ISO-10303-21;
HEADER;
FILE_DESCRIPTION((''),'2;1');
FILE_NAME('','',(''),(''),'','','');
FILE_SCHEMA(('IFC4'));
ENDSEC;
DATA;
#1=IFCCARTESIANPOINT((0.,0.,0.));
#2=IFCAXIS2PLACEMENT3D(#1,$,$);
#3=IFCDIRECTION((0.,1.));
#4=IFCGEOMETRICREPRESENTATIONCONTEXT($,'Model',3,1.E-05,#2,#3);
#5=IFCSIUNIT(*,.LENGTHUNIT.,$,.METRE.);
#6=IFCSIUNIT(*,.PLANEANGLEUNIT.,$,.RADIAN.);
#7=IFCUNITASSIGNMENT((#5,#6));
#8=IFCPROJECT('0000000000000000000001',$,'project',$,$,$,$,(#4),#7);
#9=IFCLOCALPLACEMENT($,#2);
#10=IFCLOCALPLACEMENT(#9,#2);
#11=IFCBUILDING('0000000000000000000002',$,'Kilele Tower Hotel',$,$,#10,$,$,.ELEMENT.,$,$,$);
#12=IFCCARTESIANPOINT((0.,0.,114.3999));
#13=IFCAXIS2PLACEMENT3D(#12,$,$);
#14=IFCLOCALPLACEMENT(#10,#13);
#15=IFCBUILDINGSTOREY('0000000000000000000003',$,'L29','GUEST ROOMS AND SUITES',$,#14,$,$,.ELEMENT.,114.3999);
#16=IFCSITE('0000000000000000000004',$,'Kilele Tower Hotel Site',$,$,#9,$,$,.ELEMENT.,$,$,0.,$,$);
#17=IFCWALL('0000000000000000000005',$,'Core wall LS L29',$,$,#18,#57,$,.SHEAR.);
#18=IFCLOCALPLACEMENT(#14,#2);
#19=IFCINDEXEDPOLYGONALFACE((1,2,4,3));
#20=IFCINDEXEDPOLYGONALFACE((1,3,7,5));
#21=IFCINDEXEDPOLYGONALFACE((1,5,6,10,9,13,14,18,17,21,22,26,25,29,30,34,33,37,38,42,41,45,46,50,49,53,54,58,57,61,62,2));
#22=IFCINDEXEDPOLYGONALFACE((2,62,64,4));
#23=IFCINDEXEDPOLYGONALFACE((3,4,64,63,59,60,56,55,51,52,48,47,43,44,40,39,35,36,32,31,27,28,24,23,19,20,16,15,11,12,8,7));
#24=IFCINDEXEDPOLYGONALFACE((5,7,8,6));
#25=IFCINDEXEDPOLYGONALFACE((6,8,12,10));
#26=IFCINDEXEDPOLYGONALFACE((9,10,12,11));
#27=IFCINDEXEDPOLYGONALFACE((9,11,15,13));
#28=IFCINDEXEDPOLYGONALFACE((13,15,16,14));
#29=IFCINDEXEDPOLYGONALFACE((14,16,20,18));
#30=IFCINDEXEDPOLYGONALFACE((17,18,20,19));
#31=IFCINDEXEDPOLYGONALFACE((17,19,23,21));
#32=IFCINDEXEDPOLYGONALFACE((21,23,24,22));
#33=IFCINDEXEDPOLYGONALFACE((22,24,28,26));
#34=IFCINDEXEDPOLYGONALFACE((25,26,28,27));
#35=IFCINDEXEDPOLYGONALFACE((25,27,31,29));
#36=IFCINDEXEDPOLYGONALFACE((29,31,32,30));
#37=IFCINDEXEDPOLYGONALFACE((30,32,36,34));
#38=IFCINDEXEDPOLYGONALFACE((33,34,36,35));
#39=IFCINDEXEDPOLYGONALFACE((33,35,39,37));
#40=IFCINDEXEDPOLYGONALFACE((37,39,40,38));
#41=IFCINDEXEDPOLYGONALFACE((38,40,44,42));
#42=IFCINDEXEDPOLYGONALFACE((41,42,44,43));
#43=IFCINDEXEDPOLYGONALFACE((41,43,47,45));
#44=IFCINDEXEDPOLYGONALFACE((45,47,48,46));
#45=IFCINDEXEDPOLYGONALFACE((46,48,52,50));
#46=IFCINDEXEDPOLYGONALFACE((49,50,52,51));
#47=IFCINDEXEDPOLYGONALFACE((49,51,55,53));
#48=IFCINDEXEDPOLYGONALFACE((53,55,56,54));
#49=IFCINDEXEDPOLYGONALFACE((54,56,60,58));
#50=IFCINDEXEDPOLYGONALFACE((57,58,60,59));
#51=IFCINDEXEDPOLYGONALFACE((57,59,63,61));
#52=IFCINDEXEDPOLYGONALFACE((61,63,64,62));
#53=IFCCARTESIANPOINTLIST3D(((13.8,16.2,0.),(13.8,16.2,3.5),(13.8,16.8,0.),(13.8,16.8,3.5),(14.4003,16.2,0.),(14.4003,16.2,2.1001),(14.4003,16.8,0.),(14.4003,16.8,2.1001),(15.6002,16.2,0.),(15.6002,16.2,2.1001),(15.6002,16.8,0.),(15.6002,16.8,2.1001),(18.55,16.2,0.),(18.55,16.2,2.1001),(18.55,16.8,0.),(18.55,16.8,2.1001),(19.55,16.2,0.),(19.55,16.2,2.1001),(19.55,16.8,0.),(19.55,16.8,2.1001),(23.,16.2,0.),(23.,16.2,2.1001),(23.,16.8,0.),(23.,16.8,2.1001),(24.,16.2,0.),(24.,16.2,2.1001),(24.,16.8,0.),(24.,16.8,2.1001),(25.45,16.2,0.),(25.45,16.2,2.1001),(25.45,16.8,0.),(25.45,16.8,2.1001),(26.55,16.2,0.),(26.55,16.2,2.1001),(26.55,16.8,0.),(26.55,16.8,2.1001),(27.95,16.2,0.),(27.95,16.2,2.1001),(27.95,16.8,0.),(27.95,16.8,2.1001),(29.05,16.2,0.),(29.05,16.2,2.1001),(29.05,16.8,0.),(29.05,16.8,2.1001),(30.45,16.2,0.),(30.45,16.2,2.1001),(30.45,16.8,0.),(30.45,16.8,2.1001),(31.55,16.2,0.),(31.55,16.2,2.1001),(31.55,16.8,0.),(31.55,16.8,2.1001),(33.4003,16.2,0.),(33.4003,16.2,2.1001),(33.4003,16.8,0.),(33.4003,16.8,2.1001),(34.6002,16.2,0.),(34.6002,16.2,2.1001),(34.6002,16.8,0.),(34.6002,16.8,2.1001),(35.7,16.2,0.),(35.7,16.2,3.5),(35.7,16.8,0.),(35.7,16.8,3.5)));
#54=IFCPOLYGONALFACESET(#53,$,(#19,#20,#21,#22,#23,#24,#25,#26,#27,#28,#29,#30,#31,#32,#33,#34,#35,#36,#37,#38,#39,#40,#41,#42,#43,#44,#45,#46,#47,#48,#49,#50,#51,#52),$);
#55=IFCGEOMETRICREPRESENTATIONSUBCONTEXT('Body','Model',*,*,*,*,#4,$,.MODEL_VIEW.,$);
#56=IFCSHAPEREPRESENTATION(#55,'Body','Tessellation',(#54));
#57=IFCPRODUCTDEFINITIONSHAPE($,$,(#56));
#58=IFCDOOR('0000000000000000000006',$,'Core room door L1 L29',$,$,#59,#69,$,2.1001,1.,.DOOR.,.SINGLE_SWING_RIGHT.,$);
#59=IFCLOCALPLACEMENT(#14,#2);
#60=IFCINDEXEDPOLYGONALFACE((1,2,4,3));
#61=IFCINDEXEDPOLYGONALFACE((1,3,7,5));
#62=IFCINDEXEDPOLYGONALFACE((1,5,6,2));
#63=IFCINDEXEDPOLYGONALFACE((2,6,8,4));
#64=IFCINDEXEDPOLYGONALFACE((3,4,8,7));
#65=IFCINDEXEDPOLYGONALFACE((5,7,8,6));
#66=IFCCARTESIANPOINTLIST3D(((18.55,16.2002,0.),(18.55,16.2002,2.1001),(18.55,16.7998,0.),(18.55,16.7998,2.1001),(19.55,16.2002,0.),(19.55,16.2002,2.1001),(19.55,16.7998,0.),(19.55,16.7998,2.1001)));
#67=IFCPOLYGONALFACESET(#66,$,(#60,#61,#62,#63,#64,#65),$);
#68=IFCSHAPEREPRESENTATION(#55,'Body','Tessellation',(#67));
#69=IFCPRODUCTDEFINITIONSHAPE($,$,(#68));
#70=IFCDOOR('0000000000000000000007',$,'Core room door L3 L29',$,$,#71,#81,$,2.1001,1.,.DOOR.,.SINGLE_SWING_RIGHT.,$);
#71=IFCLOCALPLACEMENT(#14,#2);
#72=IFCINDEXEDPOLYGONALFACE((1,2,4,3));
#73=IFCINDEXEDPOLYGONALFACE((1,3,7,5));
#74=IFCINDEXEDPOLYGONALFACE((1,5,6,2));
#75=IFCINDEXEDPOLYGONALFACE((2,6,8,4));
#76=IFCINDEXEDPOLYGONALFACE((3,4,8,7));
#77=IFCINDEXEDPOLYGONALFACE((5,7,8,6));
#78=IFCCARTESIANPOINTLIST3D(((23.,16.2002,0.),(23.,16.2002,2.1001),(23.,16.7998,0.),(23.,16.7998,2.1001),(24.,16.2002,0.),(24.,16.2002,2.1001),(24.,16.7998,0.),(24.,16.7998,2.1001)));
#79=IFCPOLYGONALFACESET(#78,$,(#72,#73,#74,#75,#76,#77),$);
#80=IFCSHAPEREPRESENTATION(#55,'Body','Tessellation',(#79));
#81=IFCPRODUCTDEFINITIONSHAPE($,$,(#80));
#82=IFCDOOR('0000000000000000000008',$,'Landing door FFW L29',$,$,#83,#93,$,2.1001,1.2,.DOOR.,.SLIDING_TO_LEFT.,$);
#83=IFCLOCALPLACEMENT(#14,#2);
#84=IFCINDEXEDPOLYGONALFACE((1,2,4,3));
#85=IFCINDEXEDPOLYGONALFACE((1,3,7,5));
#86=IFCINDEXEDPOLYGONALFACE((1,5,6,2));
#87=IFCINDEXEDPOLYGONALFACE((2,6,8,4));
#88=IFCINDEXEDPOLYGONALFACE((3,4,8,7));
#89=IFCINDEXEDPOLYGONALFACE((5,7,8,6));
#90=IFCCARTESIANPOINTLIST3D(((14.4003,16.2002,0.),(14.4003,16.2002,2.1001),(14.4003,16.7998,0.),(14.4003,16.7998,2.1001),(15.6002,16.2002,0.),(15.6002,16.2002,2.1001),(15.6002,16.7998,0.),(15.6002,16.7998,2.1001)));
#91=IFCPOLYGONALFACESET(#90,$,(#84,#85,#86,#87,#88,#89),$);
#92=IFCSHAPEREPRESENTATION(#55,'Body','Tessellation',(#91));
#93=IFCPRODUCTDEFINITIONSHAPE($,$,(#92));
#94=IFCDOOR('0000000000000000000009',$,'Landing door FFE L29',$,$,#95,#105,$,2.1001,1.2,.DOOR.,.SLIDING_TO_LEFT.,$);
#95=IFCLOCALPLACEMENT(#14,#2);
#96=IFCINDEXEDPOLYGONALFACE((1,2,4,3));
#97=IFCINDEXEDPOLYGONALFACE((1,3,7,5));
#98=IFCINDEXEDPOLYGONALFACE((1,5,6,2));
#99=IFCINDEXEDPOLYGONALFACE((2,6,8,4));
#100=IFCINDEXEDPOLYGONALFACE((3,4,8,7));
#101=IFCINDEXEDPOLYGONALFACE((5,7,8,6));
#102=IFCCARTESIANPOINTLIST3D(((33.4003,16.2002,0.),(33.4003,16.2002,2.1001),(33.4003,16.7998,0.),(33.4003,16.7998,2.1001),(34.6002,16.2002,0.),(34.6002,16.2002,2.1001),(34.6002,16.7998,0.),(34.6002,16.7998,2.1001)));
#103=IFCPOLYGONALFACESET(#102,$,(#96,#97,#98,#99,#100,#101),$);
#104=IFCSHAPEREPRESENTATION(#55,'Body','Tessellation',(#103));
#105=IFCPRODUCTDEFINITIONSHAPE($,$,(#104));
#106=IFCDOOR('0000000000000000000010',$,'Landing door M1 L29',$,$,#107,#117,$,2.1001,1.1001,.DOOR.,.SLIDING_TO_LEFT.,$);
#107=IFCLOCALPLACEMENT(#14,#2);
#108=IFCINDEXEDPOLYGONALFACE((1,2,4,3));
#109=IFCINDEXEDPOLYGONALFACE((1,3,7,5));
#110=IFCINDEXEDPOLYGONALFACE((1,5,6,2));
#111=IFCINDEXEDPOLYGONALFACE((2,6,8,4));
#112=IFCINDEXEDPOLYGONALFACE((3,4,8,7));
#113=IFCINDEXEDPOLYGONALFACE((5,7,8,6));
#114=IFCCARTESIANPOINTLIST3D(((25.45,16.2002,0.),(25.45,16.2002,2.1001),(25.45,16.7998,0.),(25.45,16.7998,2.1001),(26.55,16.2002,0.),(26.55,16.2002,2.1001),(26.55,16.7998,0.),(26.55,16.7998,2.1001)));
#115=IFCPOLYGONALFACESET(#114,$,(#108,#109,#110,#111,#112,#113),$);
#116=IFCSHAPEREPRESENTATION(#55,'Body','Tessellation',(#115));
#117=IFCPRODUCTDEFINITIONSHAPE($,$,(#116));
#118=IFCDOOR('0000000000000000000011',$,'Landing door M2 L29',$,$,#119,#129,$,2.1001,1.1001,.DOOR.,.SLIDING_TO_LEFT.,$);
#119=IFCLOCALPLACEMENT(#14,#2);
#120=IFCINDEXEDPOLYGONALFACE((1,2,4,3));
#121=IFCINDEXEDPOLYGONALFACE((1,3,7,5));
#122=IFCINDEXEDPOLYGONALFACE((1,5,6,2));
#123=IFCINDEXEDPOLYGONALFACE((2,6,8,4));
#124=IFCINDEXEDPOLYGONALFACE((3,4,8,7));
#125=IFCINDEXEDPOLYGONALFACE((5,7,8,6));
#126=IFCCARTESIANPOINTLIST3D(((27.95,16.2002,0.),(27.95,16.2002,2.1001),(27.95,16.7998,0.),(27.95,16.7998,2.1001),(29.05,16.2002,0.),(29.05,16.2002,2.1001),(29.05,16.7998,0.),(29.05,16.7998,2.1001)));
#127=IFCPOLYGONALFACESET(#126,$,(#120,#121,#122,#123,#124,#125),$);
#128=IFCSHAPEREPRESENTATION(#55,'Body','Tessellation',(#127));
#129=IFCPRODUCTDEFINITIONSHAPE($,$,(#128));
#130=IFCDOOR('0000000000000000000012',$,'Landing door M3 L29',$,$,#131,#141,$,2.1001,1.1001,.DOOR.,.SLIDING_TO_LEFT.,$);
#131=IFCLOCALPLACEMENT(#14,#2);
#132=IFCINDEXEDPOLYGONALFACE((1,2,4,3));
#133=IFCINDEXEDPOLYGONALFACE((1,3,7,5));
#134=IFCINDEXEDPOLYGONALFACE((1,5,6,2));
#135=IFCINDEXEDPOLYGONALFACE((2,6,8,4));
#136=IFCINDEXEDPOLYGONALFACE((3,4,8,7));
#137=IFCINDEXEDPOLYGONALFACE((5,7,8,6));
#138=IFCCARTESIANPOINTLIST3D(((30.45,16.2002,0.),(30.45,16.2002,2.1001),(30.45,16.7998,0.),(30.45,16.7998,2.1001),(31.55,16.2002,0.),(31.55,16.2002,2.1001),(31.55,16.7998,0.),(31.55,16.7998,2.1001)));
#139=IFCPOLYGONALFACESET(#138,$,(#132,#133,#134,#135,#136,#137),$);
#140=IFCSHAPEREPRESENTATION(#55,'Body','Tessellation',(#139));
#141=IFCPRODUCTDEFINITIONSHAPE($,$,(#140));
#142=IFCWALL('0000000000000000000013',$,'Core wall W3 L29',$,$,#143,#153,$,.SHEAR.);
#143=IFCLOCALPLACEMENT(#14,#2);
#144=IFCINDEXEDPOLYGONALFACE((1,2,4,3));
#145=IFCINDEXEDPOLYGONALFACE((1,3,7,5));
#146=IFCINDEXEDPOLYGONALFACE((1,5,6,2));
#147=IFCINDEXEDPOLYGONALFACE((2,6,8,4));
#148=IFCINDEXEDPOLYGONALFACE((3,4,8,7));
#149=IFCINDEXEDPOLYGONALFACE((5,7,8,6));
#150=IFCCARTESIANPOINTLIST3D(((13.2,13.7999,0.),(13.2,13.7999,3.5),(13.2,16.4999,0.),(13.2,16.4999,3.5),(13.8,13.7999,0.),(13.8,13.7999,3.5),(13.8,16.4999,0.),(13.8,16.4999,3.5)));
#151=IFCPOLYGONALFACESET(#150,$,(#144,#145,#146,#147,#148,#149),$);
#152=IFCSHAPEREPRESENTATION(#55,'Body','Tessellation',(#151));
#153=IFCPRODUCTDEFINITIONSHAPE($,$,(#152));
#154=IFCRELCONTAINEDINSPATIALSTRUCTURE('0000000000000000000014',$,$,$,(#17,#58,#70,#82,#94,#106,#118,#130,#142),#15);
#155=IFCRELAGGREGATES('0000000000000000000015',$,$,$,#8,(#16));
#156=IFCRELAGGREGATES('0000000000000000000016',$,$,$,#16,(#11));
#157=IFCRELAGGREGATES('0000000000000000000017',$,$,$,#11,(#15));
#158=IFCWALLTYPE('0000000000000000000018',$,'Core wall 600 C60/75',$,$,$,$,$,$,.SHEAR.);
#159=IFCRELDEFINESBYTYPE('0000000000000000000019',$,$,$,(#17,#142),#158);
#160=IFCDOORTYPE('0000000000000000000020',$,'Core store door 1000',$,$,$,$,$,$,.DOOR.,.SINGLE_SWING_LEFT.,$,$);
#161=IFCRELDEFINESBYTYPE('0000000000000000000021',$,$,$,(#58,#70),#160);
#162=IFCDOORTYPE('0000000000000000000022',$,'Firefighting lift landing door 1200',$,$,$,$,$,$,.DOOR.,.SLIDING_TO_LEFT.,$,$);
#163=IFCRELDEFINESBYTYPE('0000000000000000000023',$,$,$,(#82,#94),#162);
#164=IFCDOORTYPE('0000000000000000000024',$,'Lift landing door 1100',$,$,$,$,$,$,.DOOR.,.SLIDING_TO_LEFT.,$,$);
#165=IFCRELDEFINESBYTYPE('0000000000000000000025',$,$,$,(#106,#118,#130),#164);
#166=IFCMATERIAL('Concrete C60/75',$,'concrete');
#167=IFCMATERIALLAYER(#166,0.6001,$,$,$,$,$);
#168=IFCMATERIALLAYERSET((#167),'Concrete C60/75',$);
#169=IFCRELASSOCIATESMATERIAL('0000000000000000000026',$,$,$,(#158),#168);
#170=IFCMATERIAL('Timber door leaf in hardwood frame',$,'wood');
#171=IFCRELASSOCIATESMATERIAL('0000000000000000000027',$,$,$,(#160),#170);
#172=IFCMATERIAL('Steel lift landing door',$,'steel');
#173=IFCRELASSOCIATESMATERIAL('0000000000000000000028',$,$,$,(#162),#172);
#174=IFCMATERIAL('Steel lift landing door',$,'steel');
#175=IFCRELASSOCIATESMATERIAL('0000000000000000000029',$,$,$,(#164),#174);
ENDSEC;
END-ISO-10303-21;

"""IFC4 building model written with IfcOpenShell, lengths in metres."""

from ifc_helpers import new_model, si_unit, direction, frame, frame_2d, origin, place, context, subcontext, project, spatial, rectangle, extrude, material, layer, layer_set, type_object, element, fill, save


model = new_model("IFC4")

# Units and contexts
model_context = context("Model", 3, precision=1e-05, world=origin(), true_north=direction((0.0, 1.0)))
body_context = subcontext(model_context, "Body", "Model", "MODEL_VIEW")
ifc_project = project(units=[si_unit("LENGTHUNIT", "METRE"), si_unit("PLANEANGLEUNIT", "RADIAN")], contexts=[model_context])

# Site, building, storey
site_placement = place(None, origin())
site = spatial("IfcSite", under=ifc_project, at=site_placement, Name="Kilele Tower Hotel Site", CompositionType="ELEMENT", RefElevation=0.0)
building_placement = place(site_placement, origin())
building = spatial("IfcBuilding", under=site, at=building_placement, Name="Kilele Tower Hotel", CompositionType="ELEMENT")
storey_placement = place(building_placement, frame((0.0, 0.0, 114.3999)))
storey = spatial("IfcBuildingStorey", under=building, at=storey_placement, Name="L29", Description="GUEST ROOMS AND SUITES", CompositionType="ELEMENT", Elevation=114.3999)

# Shared definitions
ifc_material_1 = material(Name="Concrete C60/75", Category="concrete")
ifc_layer_1 = layer(ifc_material_1, 0.6001)
ifc_layer_set_1 = layer_set([ifc_layer_1], Name="Concrete C60/75")
wall_type_1 = type_object("IfcWallType", Name="Core wall 600 C60/75", PredefinedType="SHEAR", material=ifc_layer_set_1)

# Wall, openings, doors
wall_1_placement = place(storey_placement, frame((13.8, 16.5, 0.0), z_axis=(0.0, 0.0, 1.0), x_axis=(1.0, 0.0, 0.0)))
wall_1 = element("IfcWall", 1, at=wall_1_placement, inside=storey, type_object=wall_type_1, Name="Core wall LS L29", PredefinedType="SHEAR", context=body_context, shape_type="SweptSolid", body=[
    extrude(rectangle(XDim=21.8999, YDim=0.6001, at=frame_2d((10.95, 0.0))), origin(), (0.0, 0.0, 1.0), 3.5),
])
opening_1_placement = place(wall_1_placement, frame((11.6499, 0.0, 0.0)))
opening_1 = element("IfcOpeningElement", 2, at=opening_1_placement, cuts=wall_1, PredefinedType="OPENING", context=body_context, shape_type="SweptSolid", body=[
    extrude(rectangle(XDim=1.1001, YDim=2.1001, at=frame_2d((0.55, 1.05))), frame((0.0, 0.3101, 0.0), z_axis=(0.0, -1.0, 0.0), x_axis=(1.0, 0.0, 0.0)), (0.0, 0.0, 1.0), 0.6201),
])
opening_2_placement = place(wall_1_placement, frame((14.1499, 0.0, 0.0)))
opening_2 = element("IfcOpeningElement", 3, at=opening_2_placement, cuts=wall_1, PredefinedType="OPENING", context=body_context, shape_type="SweptSolid", body=[
    extrude(rectangle(XDim=1.1001, YDim=2.1001, at=frame_2d((0.55, 1.05))), frame((0.0, 0.3101, 0.0), z_axis=(0.0, -1.0, 0.0), x_axis=(1.0, 0.0, 0.0)), (0.0, 0.0, 1.0), 0.6201),
])
opening_3_placement = place(wall_1_placement, frame((16.6499, 0.0, 0.0)))
opening_3 = element("IfcOpeningElement", 4, at=opening_3_placement, cuts=wall_1, PredefinedType="OPENING", context=body_context, shape_type="SweptSolid", body=[
    extrude(rectangle(XDim=1.1001, YDim=2.1001, at=frame_2d((0.55, 1.05))), frame((0.0, 0.3101, 0.0), z_axis=(0.0, -1.0, 0.0), x_axis=(1.0, 0.0, 0.0)), (0.0, 0.0, 1.0), 0.6201),
])
opening_4_placement = place(wall_1_placement, frame((5.75, 0.0, 0.0), z_axis=(0.0, 0.0, 1.0), x_axis=(-1.0, 0.0, 0.0)))
opening_4 = element("IfcOpeningElement", 5, at=opening_4_placement, cuts=wall_1, PredefinedType="OPENING", context=body_context, shape_type="SweptSolid", body=[
    extrude(rectangle(XDim=1.0, YDim=2.1001, at=frame_2d((0.5, 1.05))), frame((0.0, 0.3101, 0.0), z_axis=(0.0, -1.0, 0.0), x_axis=(1.0, 0.0, 0.0)), (0.0, 0.0, 1.0), 0.6201),
])
opening_5_placement = place(wall_1_placement, frame((10.2, 0.0, 0.0), z_axis=(0.0, 0.0, 1.0), x_axis=(-1.0, 0.0, 0.0)))
opening_5 = element("IfcOpeningElement", 6, at=opening_5_placement, cuts=wall_1, PredefinedType="OPENING", context=body_context, shape_type="SweptSolid", body=[
    extrude(rectangle(XDim=1.0, YDim=2.1001, at=frame_2d((0.5, 1.05))), frame((0.0, 0.3101, 0.0), z_axis=(0.0, -1.0, 0.0), x_axis=(1.0, 0.0, 0.0)), (0.0, 0.0, 1.0), 0.6201),
])
opening_6_placement = place(wall_1_placement, frame((0.6001, 0.0, 0.0)))
opening_6 = element("IfcOpeningElement", 7, at=opening_6_placement, cuts=wall_1, PredefinedType="OPENING", context=body_context, shape_type="SweptSolid", body=[
    extrude(rectangle(XDim=1.2, YDim=2.1001, at=frame_2d((0.6001, 1.05))), frame((0.0, 0.3101, 0.0), z_axis=(0.0, -1.0, 0.0), x_axis=(1.0, 0.0, 0.0)), (0.0, 0.0, 1.0), 0.6201),
])
opening_7_placement = place(wall_1_placement, frame((19.6001, 0.0, 0.0)))
opening_7 = element("IfcOpeningElement", 8, at=opening_7_placement, cuts=wall_1, PredefinedType="OPENING", context=body_context, shape_type="SweptSolid", body=[
    extrude(rectangle(XDim=1.2, YDim=2.1001, at=frame_2d((0.6001, 1.05))), frame((0.0, 0.3101, 0.0), z_axis=(0.0, -1.0, 0.0), x_axis=(1.0, 0.0, 0.0)), (0.0, 0.0, 1.0), 0.6201),
])
ifc_material_2 = material(Name="Timber door leaf in hardwood frame", Category="wood")
door_type_1 = type_object("IfcDoorType", Name="Core store door 1000", OperationType="SINGLE_SWING_LEFT", PredefinedType="DOOR", material=ifc_material_2)
door_1_placement = place(opening_4_placement, origin())
door_1 = element("IfcDoor", 9, at=door_1_placement, inside=storey, type_object=door_type_1, Name="Core room door L1 L29", OperationType="SINGLE_SWING_RIGHT", OverallHeight=2.1001, OverallWidth=1.0, PredefinedType="DOOR", context=body_context, shape_type="SweptSolid", body=[
    extrude(rectangle(XDim=1.0, YDim=2.1001, at=frame_2d((0.5, 1.05))), frame((0.0, 0.2998, 0.0), z_axis=(0.0, -1.0, 0.0), x_axis=(1.0, 0.0, 0.0)), (0.0, 0.0, 1.0), 0.5996),
])
fill(opening_4, door_1)
door_2_placement = place(opening_5_placement, origin())
door_2 = element("IfcDoor", 10, at=door_2_placement, inside=storey, type_object=door_type_1, Name="Core room door L3 L29", OperationType="SINGLE_SWING_RIGHT", OverallHeight=2.1001, OverallWidth=1.0, PredefinedType="DOOR", context=body_context, shape_type="SweptSolid", body=[
    extrude(rectangle(XDim=1.0, YDim=2.1001, at=frame_2d((0.5, 1.05))), frame((0.0, 0.2998, 0.0), z_axis=(0.0, -1.0, 0.0), x_axis=(1.0, 0.0, 0.0)), (0.0, 0.0, 1.0), 0.5996),
])
fill(opening_5, door_2)
ifc_material_3 = material(Name="Steel lift landing door", Category="steel")
door_type_2 = type_object("IfcDoorType", Name="Firefighting lift landing door 1200", OperationType="SLIDING_TO_LEFT", PredefinedType="DOOR", material=ifc_material_3)
door_3_placement = place(opening_6_placement, origin())
door_3 = element("IfcDoor", 11, at=door_3_placement, inside=storey, type_object=door_type_2, Name="Landing door FFW L29", OperationType="SLIDING_TO_LEFT", OverallHeight=2.1001, OverallWidth=1.2, PredefinedType="DOOR", context=body_context, shape_type="SweptSolid", body=[
    extrude(rectangle(XDim=1.2, YDim=2.1001, at=frame_2d((0.6001, 1.05))), frame((0.0, 0.2998, 0.0), z_axis=(0.0, -1.0, 0.0), x_axis=(1.0, 0.0, 0.0)), (0.0, 0.0, 1.0), 0.5996),
])
fill(opening_6, door_3)
door_4_placement = place(opening_7_placement, origin())
door_4 = element("IfcDoor", 12, at=door_4_placement, inside=storey, type_object=door_type_2, Name="Landing door FFE L29", OperationType="SLIDING_TO_LEFT", OverallHeight=2.1001, OverallWidth=1.2, PredefinedType="DOOR", context=body_context, shape_type="SweptSolid", body=[
    extrude(rectangle(XDim=1.2, YDim=2.1001, at=frame_2d((0.6001, 1.05))), frame((0.0, 0.2998, 0.0), z_axis=(0.0, -1.0, 0.0), x_axis=(1.0, 0.0, 0.0)), (0.0, 0.0, 1.0), 0.5996),
])
fill(opening_7, door_4)
ifc_material_4 = material(Name="Steel lift landing door", Category="steel")
door_type_3 = type_object("IfcDoorType", Name="Lift landing door 1100", OperationType="SLIDING_TO_LEFT", PredefinedType="DOOR", material=ifc_material_4)
door_5_placement = place(opening_1_placement, origin())
door_5 = element("IfcDoor", 13, at=door_5_placement, inside=storey, type_object=door_type_3, Name="Landing door M1 L29", OperationType="SLIDING_TO_LEFT", OverallHeight=2.1001, OverallWidth=1.1001, PredefinedType="DOOR", context=body_context, shape_type="SweptSolid", body=[
    extrude(rectangle(XDim=1.1001, YDim=2.1001, at=frame_2d((0.55, 1.05))), frame((0.0, 0.2998, 0.0), z_axis=(0.0, -1.0, 0.0), x_axis=(1.0, 0.0, 0.0)), (0.0, 0.0, 1.0), 0.5996),
])
fill(opening_1, door_5)
door_6_placement = place(opening_2_placement, origin())
door_6 = element("IfcDoor", 14, at=door_6_placement, inside=storey, type_object=door_type_3, Name="Landing door M2 L29", OperationType="SLIDING_TO_LEFT", OverallHeight=2.1001, OverallWidth=1.1001, PredefinedType="DOOR", context=body_context, shape_type="SweptSolid", body=[
    extrude(rectangle(XDim=1.1001, YDim=2.1001, at=frame_2d((0.55, 1.05))), frame((0.0, 0.2998, 0.0), z_axis=(0.0, -1.0, 0.0), x_axis=(1.0, 0.0, 0.0)), (0.0, 0.0, 1.0), 0.5996),
])
fill(opening_2, door_6)
door_7_placement = place(opening_3_placement, origin())
door_7 = element("IfcDoor", 15, at=door_7_placement, inside=storey, type_object=door_type_3, Name="Landing door M3 L29", OperationType="SLIDING_TO_LEFT", OverallHeight=2.1001, OverallWidth=1.1001, PredefinedType="DOOR", context=body_context, shape_type="SweptSolid", body=[
    extrude(rectangle(XDim=1.1001, YDim=2.1001, at=frame_2d((0.55, 1.05))), frame((0.0, 0.2998, 0.0), z_axis=(0.0, -1.0, 0.0), x_axis=(1.0, 0.0, 0.0)), (0.0, 0.0, 1.0), 0.5996),
])
fill(opening_3, door_7)

# Wall
wall_2_placement = place(storey_placement, frame((13.5, 16.5, 0.0), z_axis=(0.0, 0.0, 1.0), x_axis=(0.0, -1.0, 0.0)))
element("IfcWall", 16, at=wall_2_placement, inside=storey, type_object=wall_type_1, Name="Core wall W3 L29", PredefinedType="SHEAR", context=body_context, shape_type="SweptSolid", body=[
    extrude(rectangle(XDim=2.7, YDim=0.6001, at=frame_2d((1.3501, 0.0))), origin(), (0.0, 0.0, 1.0), 3.5),
])

save(model, "model.ifc")
